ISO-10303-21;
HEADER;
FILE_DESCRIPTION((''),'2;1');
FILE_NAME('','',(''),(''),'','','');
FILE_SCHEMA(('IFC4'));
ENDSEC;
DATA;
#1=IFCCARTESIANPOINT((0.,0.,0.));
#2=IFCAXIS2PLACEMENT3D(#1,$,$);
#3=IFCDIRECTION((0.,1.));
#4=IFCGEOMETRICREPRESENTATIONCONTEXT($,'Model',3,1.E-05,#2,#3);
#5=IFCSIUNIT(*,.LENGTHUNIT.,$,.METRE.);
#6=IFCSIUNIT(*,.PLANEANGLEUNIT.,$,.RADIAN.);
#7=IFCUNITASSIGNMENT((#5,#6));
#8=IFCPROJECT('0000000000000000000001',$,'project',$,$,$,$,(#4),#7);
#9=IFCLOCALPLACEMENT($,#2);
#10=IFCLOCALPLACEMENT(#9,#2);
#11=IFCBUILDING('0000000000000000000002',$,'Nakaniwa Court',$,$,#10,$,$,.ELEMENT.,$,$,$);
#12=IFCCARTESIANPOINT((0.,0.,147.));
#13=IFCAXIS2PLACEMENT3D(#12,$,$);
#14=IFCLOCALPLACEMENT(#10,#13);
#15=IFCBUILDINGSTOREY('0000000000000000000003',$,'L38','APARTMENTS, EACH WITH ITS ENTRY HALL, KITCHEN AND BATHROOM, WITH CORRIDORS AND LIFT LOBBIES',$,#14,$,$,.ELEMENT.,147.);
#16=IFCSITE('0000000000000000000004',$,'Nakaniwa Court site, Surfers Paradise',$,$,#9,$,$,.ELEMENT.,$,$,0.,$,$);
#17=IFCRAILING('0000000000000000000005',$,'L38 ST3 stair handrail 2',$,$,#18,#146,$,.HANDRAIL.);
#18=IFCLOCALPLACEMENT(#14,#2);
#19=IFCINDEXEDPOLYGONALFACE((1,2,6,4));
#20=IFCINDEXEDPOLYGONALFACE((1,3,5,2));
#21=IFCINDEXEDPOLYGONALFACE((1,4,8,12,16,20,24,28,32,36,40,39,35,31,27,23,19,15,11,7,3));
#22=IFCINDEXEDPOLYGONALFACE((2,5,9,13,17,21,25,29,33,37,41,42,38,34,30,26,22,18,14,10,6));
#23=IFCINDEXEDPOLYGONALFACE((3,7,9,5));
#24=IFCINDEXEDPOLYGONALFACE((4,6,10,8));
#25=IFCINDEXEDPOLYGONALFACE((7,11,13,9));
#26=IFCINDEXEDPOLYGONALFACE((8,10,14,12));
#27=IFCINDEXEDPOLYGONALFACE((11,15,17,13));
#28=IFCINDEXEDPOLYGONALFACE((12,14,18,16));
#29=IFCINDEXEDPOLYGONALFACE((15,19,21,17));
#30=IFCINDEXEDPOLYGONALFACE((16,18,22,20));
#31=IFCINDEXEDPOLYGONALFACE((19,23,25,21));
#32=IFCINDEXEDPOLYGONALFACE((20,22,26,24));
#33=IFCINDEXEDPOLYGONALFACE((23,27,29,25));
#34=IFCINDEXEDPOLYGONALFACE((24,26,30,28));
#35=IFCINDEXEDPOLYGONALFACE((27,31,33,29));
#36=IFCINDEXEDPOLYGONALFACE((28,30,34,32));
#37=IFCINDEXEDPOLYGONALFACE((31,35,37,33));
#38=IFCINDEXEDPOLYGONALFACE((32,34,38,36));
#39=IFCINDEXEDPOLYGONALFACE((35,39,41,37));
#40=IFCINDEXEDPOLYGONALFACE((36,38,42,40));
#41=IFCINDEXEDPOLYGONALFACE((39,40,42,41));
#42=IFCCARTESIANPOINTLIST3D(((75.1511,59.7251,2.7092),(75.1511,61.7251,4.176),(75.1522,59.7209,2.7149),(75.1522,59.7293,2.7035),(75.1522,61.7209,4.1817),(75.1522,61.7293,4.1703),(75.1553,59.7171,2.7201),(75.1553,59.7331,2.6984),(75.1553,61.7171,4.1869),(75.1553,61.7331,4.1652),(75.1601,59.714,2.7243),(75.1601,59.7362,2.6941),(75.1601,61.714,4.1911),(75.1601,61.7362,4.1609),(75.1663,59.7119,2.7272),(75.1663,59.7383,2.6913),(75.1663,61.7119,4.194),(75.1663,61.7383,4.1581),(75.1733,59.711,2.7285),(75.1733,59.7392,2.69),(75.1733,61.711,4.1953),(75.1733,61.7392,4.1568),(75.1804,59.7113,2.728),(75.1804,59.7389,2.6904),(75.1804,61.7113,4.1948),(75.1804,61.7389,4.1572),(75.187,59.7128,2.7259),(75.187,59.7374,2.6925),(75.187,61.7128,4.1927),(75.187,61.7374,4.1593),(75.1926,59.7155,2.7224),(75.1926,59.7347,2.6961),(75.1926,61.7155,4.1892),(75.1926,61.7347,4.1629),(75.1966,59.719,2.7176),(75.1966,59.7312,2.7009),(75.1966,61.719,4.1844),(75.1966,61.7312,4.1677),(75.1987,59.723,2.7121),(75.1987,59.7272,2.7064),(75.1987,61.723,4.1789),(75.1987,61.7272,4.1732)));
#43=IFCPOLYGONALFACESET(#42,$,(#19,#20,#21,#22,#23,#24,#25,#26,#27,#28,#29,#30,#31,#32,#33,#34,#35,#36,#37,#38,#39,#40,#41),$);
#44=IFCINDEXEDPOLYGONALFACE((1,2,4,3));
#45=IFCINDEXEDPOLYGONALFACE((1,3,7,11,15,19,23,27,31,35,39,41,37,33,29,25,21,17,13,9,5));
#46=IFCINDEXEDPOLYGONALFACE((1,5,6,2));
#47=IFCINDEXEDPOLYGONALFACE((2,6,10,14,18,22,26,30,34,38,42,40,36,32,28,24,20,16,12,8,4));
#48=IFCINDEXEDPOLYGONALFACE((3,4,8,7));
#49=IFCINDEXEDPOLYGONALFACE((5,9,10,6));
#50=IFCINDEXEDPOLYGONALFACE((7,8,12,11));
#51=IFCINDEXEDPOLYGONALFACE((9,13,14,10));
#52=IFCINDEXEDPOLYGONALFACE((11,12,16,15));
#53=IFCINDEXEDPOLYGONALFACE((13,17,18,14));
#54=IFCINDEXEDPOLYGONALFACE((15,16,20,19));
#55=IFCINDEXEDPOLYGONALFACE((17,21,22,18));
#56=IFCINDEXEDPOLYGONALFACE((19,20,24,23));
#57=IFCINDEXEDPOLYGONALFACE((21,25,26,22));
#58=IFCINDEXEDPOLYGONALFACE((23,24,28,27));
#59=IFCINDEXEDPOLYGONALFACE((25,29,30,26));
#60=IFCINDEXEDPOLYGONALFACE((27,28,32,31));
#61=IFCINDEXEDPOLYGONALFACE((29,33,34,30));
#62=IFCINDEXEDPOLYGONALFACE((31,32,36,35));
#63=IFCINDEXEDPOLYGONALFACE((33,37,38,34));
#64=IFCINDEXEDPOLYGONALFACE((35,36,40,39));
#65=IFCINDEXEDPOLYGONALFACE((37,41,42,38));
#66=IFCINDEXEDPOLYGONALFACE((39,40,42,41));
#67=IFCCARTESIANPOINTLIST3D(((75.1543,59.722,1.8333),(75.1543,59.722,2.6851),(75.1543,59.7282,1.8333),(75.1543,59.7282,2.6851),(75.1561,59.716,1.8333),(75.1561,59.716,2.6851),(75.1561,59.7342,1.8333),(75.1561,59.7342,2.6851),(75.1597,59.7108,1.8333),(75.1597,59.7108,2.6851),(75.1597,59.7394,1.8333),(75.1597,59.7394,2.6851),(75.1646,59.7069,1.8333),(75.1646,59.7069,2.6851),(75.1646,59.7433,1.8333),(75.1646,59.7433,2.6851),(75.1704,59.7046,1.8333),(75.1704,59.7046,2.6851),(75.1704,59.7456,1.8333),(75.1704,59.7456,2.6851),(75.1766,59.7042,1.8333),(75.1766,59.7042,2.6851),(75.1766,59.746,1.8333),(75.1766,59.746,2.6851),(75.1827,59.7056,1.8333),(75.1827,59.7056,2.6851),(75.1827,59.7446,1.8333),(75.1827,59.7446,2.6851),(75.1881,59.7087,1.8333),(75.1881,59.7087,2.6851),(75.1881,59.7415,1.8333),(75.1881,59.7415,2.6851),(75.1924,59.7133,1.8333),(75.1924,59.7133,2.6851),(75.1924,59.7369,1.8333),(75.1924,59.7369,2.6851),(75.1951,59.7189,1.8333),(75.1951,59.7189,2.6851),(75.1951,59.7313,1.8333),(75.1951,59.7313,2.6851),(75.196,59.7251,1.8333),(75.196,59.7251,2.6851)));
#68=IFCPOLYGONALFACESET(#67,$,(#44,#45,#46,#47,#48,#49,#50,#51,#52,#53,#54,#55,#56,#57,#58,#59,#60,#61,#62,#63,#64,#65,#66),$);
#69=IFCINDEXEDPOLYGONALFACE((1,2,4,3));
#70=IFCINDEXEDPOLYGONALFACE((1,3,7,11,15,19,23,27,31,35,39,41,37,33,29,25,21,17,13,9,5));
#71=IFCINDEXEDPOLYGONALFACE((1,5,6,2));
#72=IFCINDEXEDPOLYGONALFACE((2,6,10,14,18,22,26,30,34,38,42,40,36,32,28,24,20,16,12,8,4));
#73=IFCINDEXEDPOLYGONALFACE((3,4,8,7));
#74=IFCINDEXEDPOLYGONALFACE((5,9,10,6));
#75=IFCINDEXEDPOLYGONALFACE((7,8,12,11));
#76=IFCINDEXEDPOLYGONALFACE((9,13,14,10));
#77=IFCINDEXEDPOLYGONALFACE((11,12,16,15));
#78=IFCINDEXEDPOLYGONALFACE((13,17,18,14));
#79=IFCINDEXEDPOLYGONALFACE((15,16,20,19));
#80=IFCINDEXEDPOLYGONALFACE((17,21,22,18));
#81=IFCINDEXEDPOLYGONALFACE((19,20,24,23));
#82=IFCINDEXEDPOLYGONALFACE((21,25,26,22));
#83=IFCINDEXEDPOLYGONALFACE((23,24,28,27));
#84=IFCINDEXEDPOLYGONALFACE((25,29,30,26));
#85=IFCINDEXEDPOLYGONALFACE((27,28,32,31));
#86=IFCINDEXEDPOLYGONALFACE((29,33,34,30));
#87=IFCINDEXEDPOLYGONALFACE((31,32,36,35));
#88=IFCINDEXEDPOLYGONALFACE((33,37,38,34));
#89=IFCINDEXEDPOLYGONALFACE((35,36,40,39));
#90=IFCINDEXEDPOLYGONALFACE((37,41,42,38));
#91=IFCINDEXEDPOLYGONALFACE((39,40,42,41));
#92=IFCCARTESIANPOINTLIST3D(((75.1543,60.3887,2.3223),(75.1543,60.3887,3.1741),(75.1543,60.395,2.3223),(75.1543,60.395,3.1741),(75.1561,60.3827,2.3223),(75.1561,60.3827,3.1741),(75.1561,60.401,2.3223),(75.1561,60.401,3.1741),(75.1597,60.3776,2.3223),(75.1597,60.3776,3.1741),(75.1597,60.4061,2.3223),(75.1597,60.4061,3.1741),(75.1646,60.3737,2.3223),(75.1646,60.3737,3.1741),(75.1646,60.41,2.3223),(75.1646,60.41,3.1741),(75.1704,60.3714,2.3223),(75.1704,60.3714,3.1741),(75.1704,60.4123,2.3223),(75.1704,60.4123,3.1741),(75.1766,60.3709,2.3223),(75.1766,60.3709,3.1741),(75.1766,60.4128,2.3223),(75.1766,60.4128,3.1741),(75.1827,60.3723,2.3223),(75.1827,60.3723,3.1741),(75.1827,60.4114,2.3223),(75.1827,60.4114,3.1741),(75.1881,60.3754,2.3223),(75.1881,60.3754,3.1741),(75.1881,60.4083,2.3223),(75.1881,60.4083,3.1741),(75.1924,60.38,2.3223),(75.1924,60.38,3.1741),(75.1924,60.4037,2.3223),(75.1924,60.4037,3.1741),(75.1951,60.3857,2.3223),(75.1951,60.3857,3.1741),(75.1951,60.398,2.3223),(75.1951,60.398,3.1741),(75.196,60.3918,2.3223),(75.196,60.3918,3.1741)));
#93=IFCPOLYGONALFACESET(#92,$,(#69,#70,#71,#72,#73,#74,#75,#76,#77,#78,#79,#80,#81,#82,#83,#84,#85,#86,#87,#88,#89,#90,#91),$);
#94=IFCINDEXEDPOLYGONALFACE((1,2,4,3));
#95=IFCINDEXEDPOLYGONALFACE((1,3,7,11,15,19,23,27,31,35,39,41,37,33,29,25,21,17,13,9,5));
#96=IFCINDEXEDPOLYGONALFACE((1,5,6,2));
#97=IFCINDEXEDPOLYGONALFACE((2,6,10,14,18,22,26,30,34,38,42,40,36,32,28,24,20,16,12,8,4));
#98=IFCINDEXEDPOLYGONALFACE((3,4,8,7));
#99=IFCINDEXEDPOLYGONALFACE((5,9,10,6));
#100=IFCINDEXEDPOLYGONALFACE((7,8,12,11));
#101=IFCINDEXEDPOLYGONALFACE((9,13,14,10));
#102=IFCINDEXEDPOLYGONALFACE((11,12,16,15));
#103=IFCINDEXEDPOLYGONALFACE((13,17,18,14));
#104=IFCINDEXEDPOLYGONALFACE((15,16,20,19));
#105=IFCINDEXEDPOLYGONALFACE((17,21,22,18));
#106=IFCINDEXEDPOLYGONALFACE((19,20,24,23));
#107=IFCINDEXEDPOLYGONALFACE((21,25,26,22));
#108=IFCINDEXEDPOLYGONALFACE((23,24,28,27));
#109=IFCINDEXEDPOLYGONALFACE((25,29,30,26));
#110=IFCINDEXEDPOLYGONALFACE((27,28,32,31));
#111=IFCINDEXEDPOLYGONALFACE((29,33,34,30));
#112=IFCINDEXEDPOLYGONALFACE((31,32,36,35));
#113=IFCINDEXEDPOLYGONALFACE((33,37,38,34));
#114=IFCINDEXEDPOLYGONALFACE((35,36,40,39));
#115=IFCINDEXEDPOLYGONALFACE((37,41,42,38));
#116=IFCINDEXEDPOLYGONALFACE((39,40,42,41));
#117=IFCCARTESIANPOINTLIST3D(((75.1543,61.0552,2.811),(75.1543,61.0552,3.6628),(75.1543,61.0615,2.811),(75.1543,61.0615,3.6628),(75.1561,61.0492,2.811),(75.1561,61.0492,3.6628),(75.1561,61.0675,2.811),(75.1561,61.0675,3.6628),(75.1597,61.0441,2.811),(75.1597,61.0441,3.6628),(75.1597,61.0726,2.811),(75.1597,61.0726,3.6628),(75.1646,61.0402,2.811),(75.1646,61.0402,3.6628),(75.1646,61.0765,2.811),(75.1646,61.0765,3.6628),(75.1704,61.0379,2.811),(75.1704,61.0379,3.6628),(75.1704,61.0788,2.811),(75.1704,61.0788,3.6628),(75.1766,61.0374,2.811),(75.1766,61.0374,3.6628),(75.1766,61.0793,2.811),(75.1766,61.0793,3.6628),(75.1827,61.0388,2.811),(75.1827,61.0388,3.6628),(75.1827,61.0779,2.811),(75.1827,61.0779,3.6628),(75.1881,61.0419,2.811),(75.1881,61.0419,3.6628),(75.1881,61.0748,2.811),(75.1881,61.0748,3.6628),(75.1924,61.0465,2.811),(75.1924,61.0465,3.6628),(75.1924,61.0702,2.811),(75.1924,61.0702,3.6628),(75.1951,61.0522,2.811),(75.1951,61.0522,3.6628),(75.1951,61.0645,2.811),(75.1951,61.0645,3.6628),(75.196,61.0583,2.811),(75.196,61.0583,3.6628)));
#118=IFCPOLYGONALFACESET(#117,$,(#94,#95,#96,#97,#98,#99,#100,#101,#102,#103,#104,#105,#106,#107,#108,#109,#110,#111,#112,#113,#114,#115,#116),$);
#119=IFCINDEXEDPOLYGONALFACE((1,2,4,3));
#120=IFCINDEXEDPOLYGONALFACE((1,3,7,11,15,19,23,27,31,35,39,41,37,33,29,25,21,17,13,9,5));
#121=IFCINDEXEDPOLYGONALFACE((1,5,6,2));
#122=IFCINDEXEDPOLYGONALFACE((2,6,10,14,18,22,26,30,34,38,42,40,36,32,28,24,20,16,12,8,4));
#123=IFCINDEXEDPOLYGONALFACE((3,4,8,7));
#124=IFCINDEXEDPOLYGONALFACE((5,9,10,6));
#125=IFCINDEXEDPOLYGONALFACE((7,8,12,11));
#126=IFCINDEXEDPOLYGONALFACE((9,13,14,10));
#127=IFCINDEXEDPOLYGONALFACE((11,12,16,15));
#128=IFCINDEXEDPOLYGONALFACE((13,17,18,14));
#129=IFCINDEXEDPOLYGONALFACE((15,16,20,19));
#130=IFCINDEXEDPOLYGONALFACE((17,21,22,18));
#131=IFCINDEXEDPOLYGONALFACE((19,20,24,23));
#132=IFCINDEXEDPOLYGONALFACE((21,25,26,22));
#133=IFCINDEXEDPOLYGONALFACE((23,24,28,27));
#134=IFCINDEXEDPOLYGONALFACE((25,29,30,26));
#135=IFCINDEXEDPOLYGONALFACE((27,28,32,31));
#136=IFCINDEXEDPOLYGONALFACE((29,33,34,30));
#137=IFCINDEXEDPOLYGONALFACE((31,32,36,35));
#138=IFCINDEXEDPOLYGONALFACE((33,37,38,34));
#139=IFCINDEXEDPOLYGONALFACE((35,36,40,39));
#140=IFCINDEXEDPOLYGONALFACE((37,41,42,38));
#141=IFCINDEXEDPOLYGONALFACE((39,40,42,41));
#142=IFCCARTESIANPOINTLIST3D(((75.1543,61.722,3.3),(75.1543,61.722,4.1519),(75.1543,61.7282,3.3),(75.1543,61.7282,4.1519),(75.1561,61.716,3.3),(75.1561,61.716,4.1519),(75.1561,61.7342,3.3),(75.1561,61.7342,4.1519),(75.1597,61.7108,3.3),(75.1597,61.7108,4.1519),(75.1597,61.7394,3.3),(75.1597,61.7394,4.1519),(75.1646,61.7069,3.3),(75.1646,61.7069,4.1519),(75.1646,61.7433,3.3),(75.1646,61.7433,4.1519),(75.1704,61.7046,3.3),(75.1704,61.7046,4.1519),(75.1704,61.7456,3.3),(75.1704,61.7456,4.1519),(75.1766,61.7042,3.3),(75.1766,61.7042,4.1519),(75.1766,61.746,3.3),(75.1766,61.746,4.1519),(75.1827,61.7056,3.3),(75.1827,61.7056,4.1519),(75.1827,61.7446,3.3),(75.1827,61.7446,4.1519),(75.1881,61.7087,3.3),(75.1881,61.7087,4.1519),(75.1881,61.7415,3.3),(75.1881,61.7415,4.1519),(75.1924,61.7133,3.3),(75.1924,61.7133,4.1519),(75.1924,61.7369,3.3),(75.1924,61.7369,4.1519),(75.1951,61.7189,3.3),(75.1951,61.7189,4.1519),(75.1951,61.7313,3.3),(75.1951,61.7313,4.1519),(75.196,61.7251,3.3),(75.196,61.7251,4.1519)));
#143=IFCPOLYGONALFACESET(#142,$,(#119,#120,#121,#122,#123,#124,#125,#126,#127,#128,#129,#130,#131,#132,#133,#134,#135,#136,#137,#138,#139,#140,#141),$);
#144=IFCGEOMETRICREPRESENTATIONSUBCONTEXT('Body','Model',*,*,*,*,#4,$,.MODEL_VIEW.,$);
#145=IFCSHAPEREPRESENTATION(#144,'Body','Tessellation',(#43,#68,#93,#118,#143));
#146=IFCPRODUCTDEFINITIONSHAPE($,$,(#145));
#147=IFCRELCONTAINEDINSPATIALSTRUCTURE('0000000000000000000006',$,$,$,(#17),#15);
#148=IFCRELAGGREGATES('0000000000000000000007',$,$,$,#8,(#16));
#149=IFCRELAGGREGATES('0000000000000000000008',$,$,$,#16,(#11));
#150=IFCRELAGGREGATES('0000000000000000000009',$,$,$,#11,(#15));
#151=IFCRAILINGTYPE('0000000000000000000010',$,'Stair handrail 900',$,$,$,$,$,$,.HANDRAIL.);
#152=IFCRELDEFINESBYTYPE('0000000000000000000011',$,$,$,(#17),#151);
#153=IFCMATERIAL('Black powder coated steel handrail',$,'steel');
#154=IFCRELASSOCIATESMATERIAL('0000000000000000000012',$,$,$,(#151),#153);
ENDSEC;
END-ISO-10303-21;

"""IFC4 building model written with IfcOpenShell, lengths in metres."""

from ifc_helpers import new_model, si_unit, direction, frame, origin, origin_2d, place, context, subcontext, project, spatial, circle, extrude, material, type_object, element, save


model = new_model("IFC4")

# Units and contexts
model_context = context("Model", 3, precision=1e-05, world=origin(), true_north=direction((0.0, 1.0)))
body_context = subcontext(model_context, "Body", "Model", "MODEL_VIEW")
ifc_project = project(units=[si_unit("LENGTHUNIT", "METRE"), si_unit("PLANEANGLEUNIT", "RADIAN")], contexts=[model_context])

# Site, building, storey
site_placement = place(None, origin())
site = spatial("IfcSite", under=ifc_project, at=site_placement, Name="Nakaniwa Court site, Surfers Paradise", CompositionType="ELEMENT", RefElevation=0.0)
building_placement = place(site_placement, origin())
building = spatial("IfcBuilding", under=site, at=building_placement, Name="Nakaniwa Court", CompositionType="ELEMENT")
storey_placement = place(building_placement, frame((0.0, 0.0, 147.0)))
storey = spatial("IfcBuildingStorey", under=building, at=storey_placement, Name="L38", Description="APARTMENTS, EACH WITH ITS ENTRY HALL, KITCHEN AND BATHROOM, WITH CORRIDORS AND LIFT LOBBIES", CompositionType="ELEMENT", Elevation=147.0)

# Railing
ifc_material_1 = material(Name="Black powder coated steel handrail", Category="steel")
railing_type_1 = type_object("IfcRailingType", Name="Stair handrail 900", PredefinedType="HANDRAIL", material=ifc_material_1)
railing_1_placement = place(storey_placement, frame((75.175, 59.7251, 1.8333)))
element("IfcRailing", 1, at=railing_1_placement, inside=storey, type_object=railing_type_1, Name="L38 ST3 stair handrail 2", PredefinedType="HANDRAIL", context=body_context, shape_type="SweptSolid", body=[
    extrude(circle(Radius=0.0239, at=origin_2d()), frame((0.0, 0.0, 0.876), z_axis=(0.0, 0.80638, 0.591398), x_axis=(-1.0, 0.0, 0.0)), (0.0, 0.0, 1.0), 2.4802),
    extrude(circle(Radius=0.021, at=origin_2d()), origin(), (0.0, 0.0, 1.0), 0.8518),
    extrude(circle(Radius=0.021, at=origin_2d()), frame((0.0, 0.6667, 0.489)), (0.0, 0.0, 1.0), 0.8518),
    extrude(circle(Radius=0.021, at=origin_2d()), frame((0.0, 1.3333, 0.9778)), (0.0, 0.0, 1.0), 0.8518),
    extrude(circle(Radius=0.021, at=origin_2d()), frame((0.0, 2.0, 1.4668)), (0.0, 0.0, 1.0), 0.8518),
])

save(model, "model.ifc")
